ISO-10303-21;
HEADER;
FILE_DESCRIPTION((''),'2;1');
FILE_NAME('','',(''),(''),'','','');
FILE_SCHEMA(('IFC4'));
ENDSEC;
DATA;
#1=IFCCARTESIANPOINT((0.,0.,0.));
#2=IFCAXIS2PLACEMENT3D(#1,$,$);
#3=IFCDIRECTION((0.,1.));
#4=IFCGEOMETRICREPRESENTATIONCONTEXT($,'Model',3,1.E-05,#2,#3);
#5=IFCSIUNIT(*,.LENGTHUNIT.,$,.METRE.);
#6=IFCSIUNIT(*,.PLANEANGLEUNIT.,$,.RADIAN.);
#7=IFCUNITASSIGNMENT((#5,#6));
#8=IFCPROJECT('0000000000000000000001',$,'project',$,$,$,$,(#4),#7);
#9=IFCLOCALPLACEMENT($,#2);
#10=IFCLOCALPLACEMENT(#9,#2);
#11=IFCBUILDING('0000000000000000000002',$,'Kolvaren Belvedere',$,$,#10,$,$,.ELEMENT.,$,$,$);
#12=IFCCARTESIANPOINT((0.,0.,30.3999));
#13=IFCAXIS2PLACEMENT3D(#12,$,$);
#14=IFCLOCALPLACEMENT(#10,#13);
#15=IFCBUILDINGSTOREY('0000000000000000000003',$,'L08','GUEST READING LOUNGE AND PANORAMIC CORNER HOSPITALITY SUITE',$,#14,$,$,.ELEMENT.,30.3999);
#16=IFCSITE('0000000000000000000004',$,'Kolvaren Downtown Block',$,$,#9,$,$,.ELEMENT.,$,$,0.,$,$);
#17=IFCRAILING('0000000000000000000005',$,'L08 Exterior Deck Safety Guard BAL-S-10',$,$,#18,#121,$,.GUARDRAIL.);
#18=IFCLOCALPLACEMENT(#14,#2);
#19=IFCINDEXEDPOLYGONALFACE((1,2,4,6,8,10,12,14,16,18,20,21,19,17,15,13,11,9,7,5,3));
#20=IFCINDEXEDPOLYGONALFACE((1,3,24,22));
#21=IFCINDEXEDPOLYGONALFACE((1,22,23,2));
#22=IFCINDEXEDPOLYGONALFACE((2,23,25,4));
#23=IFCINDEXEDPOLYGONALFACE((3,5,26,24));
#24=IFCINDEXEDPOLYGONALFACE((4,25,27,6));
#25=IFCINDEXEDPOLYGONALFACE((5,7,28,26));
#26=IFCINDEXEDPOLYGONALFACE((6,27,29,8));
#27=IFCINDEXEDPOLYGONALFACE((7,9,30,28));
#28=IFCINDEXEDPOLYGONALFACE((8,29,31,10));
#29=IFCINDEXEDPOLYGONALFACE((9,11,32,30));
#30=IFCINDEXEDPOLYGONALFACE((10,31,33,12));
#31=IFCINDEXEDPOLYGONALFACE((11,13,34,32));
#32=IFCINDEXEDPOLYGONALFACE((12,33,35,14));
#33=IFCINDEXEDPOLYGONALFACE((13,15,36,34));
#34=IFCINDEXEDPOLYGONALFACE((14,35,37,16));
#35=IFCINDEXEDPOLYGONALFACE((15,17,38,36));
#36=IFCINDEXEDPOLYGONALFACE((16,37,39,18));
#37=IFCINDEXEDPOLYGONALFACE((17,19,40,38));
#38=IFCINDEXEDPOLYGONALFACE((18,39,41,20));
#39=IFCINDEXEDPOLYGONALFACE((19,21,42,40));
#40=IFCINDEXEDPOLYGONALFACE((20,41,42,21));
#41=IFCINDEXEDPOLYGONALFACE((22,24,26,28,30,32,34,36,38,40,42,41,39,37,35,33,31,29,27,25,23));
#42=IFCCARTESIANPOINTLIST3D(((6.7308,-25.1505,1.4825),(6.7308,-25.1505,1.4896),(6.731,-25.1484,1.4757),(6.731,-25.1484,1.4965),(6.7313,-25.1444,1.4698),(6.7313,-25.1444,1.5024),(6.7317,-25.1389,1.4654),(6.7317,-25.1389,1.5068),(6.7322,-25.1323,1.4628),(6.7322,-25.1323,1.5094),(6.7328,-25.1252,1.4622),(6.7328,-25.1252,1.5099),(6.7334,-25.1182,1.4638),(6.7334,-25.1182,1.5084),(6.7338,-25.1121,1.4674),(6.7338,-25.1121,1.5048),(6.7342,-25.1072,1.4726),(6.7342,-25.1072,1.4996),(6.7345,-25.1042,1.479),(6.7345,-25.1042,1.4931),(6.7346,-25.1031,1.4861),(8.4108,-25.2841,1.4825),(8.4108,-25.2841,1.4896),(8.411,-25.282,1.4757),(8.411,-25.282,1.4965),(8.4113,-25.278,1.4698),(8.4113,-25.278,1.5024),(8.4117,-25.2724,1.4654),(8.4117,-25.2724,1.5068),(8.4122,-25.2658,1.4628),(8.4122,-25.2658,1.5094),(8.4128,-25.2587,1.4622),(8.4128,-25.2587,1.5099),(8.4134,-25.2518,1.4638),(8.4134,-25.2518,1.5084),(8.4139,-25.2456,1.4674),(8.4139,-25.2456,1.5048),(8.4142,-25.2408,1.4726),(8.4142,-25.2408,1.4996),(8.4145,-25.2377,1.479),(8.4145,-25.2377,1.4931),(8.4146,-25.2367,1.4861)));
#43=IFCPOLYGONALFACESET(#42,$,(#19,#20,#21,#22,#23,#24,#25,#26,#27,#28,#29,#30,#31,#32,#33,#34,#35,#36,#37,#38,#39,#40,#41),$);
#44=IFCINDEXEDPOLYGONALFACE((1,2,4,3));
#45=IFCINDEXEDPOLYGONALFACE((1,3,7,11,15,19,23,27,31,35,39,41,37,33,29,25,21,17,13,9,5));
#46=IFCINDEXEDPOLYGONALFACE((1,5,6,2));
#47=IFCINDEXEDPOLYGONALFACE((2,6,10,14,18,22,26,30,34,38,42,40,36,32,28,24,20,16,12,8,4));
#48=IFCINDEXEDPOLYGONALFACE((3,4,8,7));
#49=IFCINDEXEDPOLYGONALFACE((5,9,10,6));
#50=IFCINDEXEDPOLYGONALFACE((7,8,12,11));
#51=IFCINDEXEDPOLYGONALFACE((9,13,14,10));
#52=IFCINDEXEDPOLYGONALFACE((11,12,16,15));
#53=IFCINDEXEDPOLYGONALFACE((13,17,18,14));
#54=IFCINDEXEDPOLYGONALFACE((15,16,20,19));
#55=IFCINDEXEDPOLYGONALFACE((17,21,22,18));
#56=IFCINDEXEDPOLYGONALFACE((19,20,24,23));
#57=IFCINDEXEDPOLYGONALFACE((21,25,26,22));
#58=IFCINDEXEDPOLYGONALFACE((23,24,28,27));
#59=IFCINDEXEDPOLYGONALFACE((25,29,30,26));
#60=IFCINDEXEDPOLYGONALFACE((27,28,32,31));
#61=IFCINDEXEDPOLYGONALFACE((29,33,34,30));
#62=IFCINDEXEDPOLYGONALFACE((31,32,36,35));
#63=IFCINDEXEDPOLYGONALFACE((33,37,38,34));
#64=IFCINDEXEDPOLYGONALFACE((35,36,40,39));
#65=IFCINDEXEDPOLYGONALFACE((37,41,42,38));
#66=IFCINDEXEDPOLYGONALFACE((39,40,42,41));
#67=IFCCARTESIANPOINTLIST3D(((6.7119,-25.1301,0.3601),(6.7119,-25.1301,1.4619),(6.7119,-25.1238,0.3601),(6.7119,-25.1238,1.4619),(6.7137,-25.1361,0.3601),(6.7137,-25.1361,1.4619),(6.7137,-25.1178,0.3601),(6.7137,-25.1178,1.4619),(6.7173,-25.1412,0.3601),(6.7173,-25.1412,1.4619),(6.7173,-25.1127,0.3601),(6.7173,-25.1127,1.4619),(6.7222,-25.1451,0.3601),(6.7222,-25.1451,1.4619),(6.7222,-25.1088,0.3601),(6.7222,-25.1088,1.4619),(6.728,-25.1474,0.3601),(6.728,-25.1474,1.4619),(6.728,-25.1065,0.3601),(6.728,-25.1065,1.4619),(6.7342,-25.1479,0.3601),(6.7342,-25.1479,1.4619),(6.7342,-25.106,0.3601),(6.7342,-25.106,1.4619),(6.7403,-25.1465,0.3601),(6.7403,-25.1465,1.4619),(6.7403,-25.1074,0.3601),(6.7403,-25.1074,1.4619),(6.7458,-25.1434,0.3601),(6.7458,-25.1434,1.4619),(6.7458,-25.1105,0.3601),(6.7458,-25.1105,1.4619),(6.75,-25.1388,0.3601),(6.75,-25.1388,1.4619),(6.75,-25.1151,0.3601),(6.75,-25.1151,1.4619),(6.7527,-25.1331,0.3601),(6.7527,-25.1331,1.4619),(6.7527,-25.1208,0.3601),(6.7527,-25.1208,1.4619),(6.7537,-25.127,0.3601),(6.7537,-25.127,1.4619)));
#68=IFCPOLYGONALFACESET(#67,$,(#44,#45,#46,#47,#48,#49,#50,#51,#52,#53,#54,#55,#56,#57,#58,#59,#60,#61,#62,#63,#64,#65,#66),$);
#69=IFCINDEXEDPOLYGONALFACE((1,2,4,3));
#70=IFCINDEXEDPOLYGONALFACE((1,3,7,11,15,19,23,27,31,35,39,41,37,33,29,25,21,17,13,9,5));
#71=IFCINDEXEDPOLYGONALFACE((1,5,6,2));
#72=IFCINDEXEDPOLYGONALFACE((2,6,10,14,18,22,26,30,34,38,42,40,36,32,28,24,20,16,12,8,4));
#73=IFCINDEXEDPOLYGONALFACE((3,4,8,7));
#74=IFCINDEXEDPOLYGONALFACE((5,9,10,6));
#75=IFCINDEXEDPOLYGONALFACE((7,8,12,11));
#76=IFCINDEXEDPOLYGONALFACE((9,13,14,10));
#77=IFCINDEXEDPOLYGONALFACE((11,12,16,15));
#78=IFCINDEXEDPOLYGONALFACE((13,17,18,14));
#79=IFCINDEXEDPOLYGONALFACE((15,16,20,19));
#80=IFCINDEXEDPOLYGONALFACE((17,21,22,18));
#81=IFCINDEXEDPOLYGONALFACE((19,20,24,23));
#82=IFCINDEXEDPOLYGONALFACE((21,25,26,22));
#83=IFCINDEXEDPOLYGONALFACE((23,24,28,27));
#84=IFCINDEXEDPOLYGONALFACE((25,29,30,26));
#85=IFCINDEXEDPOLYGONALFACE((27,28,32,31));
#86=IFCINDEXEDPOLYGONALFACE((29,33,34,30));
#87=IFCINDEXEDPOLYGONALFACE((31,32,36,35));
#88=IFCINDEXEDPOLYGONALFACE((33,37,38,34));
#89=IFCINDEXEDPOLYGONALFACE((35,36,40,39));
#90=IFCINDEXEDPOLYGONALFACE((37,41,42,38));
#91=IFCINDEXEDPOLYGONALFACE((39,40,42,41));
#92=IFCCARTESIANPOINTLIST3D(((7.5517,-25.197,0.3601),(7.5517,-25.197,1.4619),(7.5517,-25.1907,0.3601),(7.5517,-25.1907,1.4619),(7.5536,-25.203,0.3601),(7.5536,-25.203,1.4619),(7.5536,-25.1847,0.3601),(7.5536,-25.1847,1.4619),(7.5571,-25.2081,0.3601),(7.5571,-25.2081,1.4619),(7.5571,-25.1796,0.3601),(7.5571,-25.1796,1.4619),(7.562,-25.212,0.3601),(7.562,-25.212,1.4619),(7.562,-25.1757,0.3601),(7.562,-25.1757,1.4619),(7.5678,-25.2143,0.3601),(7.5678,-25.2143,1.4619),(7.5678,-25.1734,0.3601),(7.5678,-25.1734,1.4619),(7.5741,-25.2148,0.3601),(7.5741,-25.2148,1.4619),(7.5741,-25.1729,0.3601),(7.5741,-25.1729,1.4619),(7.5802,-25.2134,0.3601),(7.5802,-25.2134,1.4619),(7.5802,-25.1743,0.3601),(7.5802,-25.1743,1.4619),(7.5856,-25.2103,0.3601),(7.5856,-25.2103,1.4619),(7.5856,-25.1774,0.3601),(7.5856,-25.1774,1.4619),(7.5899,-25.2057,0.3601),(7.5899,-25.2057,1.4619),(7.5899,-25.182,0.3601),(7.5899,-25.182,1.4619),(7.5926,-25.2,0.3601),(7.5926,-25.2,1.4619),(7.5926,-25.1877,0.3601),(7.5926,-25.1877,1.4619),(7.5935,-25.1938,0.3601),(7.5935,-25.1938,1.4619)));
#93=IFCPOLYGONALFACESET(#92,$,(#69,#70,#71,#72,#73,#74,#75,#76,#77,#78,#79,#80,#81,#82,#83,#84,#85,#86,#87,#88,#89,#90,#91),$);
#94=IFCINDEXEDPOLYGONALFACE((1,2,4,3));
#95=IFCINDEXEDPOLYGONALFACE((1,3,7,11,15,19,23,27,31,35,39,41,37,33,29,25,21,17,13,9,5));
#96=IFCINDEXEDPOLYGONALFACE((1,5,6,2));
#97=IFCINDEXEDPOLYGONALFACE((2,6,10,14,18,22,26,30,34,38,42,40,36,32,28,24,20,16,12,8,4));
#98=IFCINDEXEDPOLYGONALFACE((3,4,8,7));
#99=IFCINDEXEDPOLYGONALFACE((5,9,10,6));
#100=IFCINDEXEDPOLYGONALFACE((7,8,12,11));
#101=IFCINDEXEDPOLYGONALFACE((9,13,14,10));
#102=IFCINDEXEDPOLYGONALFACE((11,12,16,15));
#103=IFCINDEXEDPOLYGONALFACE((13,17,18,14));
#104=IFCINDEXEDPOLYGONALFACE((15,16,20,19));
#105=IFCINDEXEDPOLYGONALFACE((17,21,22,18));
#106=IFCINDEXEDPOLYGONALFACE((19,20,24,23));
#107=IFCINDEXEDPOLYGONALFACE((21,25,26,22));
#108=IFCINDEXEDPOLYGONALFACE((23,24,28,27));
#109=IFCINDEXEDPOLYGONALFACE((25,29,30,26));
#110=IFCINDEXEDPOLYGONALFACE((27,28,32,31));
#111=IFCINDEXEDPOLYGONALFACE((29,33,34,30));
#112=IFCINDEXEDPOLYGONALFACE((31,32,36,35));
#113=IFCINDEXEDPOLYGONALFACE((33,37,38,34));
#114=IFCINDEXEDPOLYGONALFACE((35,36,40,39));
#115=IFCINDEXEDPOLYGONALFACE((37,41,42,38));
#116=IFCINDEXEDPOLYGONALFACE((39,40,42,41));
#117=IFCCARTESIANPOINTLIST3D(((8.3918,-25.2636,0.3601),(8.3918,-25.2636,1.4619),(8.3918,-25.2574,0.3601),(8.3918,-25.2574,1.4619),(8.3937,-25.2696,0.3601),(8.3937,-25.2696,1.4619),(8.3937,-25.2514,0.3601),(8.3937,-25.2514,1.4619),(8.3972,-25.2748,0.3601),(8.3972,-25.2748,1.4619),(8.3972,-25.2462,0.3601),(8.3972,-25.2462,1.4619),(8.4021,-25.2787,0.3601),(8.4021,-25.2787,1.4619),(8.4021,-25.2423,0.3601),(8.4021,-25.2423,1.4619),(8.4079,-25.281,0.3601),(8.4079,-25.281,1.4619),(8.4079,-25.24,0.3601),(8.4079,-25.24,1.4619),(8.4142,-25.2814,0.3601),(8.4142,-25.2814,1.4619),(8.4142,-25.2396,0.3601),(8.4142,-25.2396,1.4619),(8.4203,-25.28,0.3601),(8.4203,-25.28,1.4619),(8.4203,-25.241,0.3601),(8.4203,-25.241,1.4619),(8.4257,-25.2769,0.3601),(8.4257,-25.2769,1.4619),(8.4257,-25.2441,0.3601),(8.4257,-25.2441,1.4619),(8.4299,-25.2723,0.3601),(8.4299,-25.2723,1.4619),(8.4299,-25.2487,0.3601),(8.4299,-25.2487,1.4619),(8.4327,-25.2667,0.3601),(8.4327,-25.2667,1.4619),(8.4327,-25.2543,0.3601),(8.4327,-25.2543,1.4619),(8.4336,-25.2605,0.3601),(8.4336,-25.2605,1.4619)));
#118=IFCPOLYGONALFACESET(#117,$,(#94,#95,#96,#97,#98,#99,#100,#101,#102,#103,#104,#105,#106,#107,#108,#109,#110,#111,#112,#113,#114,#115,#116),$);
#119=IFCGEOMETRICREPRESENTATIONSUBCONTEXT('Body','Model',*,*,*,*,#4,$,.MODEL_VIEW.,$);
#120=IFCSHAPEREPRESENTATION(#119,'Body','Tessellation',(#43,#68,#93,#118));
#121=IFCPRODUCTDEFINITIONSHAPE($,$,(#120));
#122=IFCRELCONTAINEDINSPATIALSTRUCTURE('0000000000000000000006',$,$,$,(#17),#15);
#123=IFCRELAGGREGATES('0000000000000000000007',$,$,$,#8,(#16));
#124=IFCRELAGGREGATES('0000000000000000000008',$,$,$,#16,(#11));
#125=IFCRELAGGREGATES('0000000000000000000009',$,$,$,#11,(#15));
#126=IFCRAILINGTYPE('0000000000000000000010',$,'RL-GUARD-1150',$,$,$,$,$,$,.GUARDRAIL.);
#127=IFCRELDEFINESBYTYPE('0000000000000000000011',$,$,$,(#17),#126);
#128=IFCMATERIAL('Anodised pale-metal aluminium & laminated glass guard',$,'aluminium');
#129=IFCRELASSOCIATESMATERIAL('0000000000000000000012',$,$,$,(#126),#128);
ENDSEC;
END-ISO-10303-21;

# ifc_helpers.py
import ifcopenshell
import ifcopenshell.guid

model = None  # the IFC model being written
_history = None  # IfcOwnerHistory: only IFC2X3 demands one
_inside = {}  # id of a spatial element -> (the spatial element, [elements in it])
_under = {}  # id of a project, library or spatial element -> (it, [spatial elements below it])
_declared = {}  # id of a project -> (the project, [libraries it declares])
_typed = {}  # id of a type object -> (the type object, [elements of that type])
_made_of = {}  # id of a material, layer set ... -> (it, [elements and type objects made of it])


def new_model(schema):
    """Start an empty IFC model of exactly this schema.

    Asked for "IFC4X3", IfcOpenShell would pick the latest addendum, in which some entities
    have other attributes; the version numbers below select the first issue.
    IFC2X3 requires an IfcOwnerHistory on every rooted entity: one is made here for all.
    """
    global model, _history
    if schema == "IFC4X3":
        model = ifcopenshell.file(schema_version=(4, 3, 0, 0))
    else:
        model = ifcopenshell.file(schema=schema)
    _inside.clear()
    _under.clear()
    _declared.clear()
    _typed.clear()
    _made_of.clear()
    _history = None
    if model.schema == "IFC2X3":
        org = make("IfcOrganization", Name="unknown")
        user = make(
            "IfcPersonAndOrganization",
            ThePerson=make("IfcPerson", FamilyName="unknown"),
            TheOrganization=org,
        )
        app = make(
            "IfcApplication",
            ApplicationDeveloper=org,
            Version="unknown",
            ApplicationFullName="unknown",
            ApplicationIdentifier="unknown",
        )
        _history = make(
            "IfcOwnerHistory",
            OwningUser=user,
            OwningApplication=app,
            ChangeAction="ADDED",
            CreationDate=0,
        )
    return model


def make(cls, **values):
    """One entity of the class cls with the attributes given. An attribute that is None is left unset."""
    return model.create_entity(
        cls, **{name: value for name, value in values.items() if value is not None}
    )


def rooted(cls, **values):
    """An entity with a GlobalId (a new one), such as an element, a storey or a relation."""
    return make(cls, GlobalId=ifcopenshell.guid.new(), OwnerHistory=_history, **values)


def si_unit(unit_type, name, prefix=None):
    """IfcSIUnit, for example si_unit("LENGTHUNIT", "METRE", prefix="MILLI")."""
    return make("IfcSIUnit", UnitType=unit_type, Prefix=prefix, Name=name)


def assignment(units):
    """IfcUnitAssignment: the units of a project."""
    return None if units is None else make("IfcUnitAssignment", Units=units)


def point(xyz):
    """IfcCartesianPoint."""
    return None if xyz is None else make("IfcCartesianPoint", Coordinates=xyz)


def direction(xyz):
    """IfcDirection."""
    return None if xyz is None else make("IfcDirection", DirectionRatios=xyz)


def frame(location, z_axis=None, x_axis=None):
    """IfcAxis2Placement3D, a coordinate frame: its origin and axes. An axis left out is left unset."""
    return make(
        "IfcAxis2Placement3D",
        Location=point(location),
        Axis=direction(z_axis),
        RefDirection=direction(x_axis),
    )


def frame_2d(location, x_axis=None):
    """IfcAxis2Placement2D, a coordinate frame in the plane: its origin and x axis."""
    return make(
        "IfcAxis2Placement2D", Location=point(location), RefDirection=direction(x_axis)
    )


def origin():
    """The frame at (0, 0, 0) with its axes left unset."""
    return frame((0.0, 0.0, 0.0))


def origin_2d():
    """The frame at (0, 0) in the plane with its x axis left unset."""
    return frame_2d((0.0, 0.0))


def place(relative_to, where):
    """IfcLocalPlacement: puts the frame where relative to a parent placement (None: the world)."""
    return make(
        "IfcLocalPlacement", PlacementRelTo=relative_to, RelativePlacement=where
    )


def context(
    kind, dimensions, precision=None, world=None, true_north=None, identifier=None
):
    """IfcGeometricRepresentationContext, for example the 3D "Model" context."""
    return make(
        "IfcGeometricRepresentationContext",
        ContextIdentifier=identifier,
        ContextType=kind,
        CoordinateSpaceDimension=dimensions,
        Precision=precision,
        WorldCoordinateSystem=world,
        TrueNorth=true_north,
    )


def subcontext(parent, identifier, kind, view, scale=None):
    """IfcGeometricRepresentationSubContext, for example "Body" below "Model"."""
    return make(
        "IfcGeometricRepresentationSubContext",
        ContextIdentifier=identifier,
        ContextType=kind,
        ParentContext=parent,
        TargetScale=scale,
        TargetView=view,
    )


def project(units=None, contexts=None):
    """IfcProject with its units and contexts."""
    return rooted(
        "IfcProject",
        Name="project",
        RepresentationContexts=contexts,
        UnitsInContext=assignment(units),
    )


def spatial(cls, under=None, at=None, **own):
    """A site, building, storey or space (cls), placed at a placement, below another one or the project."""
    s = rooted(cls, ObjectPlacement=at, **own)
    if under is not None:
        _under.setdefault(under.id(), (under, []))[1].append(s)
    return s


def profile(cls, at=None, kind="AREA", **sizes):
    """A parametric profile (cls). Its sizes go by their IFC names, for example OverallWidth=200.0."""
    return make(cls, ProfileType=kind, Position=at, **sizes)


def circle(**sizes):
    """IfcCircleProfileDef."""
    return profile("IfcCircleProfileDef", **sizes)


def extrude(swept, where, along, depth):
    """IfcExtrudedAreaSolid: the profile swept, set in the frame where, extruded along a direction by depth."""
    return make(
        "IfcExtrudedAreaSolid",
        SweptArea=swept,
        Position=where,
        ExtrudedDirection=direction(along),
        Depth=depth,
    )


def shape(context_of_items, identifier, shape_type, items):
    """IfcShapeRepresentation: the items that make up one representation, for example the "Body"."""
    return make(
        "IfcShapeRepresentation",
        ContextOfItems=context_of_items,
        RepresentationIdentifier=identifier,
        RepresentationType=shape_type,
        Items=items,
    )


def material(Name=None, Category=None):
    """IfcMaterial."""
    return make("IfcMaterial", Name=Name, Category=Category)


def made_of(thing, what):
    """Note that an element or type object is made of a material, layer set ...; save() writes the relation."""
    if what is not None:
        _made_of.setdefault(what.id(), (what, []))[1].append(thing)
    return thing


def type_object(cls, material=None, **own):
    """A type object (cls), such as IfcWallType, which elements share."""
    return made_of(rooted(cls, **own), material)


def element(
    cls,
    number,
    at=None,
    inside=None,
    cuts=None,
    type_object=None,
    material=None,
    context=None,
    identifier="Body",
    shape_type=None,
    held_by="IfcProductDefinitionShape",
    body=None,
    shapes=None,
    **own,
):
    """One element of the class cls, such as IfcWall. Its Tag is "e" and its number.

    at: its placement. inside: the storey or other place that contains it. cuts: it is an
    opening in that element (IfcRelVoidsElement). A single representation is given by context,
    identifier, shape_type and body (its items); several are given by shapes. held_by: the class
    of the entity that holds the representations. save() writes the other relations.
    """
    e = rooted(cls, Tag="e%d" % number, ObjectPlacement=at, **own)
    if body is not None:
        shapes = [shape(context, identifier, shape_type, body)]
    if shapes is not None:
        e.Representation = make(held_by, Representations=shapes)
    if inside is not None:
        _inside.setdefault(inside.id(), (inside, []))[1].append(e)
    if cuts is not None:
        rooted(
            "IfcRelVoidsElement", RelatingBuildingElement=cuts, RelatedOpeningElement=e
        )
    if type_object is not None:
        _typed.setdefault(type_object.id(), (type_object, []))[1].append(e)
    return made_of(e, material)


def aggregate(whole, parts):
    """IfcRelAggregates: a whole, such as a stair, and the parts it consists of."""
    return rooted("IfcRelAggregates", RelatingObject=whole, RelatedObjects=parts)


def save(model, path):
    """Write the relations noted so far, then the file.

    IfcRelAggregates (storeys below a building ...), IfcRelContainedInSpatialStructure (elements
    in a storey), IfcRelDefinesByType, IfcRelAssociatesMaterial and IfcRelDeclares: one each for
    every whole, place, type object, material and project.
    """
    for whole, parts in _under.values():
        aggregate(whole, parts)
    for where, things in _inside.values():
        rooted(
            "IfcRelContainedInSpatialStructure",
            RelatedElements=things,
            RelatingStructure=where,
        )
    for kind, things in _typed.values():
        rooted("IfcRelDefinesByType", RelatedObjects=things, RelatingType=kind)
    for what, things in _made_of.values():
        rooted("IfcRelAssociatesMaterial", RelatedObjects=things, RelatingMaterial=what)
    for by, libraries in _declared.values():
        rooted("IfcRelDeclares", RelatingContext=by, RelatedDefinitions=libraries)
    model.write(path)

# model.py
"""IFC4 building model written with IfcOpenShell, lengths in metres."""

from ifc_helpers import new_model, si_unit, direction, frame, origin, origin_2d, place, context, subcontext, project, spatial, circle, extrude, material, type_object, element, save


model = new_model("IFC4")

# Units and contexts
model_context = context("Model", 3, precision=1e-05, world=origin(), true_north=direction((0.0, 1.0)))
body_context = subcontext(model_context, "Body", "Model", "MODEL_VIEW")
ifc_project = project(units=[si_unit("LENGTHUNIT", "METRE"), si_unit("PLANEANGLEUNIT", "RADIAN")], contexts=[model_context])

# Site, building, storey
site_placement = place(None, origin())
site = spatial("IfcSite", under=ifc_project, at=site_placement, Name="Kolvaren Downtown Block", CompositionType="ELEMENT", RefElevation=0.0)
building_placement = place(site_placement, origin())
building = spatial("IfcBuilding", under=site, at=building_placement, Name="Kolvaren Belvedere", CompositionType="ELEMENT")
storey_placement = place(building_placement, frame((0.0, 0.0, 30.3999)))
storey = spatial("IfcBuildingStorey", under=building, at=storey_placement, Name="L08", Description="GUEST READING LOUNGE AND PANORAMIC CORNER HOSPITALITY SUITE", CompositionType="ELEMENT", Elevation=30.3999)

# Railing
ifc_material_1 = material(Name="Anodised pale-metal aluminium & laminated glass guard", Category="aluminium")
railing_type = type_object("IfcRailingType", Name="RL-GUARD-1150", PredefinedType="GUARDRAIL", material=ifc_material_1)
railing_1_placement = place(storey_placement, frame((6.7327, -25.127, 0.3601)))
element("IfcRailing", 1, at=railing_1_placement, inside=storey, type_object=railing_type, Name="L08 Exterior Deck Safety Guard BAL-S-10", PredefinedType="GUARDRAIL", context=body_context, shape_type="SweptSolid", body=[
    extrude(circle(Radius=0.0239, at=origin_2d()), frame((0.0, 0.0, 1.126), z_axis=(0.996855, -0.079244, 0.0), x_axis=(0.079244, 0.996855, 0.0)), (0.0, 0.0, 1.0), 1.6853),
    extrude(circle(Radius=0.021, at=origin_2d()), origin(), (0.0, 0.0, 1.0), 1.1018),
    extrude(circle(Radius=0.021, at=origin_2d()), frame((0.8398, -0.0669, 0.0)), (0.0, 0.0, 1.0), 1.1018),
    extrude(circle(Radius=0.021, at=origin_2d()), frame((1.6799, -0.1335, 0.0)), (0.0, 0.0, 1.0), 1.1018),
])

save(model, "model.ifc")
